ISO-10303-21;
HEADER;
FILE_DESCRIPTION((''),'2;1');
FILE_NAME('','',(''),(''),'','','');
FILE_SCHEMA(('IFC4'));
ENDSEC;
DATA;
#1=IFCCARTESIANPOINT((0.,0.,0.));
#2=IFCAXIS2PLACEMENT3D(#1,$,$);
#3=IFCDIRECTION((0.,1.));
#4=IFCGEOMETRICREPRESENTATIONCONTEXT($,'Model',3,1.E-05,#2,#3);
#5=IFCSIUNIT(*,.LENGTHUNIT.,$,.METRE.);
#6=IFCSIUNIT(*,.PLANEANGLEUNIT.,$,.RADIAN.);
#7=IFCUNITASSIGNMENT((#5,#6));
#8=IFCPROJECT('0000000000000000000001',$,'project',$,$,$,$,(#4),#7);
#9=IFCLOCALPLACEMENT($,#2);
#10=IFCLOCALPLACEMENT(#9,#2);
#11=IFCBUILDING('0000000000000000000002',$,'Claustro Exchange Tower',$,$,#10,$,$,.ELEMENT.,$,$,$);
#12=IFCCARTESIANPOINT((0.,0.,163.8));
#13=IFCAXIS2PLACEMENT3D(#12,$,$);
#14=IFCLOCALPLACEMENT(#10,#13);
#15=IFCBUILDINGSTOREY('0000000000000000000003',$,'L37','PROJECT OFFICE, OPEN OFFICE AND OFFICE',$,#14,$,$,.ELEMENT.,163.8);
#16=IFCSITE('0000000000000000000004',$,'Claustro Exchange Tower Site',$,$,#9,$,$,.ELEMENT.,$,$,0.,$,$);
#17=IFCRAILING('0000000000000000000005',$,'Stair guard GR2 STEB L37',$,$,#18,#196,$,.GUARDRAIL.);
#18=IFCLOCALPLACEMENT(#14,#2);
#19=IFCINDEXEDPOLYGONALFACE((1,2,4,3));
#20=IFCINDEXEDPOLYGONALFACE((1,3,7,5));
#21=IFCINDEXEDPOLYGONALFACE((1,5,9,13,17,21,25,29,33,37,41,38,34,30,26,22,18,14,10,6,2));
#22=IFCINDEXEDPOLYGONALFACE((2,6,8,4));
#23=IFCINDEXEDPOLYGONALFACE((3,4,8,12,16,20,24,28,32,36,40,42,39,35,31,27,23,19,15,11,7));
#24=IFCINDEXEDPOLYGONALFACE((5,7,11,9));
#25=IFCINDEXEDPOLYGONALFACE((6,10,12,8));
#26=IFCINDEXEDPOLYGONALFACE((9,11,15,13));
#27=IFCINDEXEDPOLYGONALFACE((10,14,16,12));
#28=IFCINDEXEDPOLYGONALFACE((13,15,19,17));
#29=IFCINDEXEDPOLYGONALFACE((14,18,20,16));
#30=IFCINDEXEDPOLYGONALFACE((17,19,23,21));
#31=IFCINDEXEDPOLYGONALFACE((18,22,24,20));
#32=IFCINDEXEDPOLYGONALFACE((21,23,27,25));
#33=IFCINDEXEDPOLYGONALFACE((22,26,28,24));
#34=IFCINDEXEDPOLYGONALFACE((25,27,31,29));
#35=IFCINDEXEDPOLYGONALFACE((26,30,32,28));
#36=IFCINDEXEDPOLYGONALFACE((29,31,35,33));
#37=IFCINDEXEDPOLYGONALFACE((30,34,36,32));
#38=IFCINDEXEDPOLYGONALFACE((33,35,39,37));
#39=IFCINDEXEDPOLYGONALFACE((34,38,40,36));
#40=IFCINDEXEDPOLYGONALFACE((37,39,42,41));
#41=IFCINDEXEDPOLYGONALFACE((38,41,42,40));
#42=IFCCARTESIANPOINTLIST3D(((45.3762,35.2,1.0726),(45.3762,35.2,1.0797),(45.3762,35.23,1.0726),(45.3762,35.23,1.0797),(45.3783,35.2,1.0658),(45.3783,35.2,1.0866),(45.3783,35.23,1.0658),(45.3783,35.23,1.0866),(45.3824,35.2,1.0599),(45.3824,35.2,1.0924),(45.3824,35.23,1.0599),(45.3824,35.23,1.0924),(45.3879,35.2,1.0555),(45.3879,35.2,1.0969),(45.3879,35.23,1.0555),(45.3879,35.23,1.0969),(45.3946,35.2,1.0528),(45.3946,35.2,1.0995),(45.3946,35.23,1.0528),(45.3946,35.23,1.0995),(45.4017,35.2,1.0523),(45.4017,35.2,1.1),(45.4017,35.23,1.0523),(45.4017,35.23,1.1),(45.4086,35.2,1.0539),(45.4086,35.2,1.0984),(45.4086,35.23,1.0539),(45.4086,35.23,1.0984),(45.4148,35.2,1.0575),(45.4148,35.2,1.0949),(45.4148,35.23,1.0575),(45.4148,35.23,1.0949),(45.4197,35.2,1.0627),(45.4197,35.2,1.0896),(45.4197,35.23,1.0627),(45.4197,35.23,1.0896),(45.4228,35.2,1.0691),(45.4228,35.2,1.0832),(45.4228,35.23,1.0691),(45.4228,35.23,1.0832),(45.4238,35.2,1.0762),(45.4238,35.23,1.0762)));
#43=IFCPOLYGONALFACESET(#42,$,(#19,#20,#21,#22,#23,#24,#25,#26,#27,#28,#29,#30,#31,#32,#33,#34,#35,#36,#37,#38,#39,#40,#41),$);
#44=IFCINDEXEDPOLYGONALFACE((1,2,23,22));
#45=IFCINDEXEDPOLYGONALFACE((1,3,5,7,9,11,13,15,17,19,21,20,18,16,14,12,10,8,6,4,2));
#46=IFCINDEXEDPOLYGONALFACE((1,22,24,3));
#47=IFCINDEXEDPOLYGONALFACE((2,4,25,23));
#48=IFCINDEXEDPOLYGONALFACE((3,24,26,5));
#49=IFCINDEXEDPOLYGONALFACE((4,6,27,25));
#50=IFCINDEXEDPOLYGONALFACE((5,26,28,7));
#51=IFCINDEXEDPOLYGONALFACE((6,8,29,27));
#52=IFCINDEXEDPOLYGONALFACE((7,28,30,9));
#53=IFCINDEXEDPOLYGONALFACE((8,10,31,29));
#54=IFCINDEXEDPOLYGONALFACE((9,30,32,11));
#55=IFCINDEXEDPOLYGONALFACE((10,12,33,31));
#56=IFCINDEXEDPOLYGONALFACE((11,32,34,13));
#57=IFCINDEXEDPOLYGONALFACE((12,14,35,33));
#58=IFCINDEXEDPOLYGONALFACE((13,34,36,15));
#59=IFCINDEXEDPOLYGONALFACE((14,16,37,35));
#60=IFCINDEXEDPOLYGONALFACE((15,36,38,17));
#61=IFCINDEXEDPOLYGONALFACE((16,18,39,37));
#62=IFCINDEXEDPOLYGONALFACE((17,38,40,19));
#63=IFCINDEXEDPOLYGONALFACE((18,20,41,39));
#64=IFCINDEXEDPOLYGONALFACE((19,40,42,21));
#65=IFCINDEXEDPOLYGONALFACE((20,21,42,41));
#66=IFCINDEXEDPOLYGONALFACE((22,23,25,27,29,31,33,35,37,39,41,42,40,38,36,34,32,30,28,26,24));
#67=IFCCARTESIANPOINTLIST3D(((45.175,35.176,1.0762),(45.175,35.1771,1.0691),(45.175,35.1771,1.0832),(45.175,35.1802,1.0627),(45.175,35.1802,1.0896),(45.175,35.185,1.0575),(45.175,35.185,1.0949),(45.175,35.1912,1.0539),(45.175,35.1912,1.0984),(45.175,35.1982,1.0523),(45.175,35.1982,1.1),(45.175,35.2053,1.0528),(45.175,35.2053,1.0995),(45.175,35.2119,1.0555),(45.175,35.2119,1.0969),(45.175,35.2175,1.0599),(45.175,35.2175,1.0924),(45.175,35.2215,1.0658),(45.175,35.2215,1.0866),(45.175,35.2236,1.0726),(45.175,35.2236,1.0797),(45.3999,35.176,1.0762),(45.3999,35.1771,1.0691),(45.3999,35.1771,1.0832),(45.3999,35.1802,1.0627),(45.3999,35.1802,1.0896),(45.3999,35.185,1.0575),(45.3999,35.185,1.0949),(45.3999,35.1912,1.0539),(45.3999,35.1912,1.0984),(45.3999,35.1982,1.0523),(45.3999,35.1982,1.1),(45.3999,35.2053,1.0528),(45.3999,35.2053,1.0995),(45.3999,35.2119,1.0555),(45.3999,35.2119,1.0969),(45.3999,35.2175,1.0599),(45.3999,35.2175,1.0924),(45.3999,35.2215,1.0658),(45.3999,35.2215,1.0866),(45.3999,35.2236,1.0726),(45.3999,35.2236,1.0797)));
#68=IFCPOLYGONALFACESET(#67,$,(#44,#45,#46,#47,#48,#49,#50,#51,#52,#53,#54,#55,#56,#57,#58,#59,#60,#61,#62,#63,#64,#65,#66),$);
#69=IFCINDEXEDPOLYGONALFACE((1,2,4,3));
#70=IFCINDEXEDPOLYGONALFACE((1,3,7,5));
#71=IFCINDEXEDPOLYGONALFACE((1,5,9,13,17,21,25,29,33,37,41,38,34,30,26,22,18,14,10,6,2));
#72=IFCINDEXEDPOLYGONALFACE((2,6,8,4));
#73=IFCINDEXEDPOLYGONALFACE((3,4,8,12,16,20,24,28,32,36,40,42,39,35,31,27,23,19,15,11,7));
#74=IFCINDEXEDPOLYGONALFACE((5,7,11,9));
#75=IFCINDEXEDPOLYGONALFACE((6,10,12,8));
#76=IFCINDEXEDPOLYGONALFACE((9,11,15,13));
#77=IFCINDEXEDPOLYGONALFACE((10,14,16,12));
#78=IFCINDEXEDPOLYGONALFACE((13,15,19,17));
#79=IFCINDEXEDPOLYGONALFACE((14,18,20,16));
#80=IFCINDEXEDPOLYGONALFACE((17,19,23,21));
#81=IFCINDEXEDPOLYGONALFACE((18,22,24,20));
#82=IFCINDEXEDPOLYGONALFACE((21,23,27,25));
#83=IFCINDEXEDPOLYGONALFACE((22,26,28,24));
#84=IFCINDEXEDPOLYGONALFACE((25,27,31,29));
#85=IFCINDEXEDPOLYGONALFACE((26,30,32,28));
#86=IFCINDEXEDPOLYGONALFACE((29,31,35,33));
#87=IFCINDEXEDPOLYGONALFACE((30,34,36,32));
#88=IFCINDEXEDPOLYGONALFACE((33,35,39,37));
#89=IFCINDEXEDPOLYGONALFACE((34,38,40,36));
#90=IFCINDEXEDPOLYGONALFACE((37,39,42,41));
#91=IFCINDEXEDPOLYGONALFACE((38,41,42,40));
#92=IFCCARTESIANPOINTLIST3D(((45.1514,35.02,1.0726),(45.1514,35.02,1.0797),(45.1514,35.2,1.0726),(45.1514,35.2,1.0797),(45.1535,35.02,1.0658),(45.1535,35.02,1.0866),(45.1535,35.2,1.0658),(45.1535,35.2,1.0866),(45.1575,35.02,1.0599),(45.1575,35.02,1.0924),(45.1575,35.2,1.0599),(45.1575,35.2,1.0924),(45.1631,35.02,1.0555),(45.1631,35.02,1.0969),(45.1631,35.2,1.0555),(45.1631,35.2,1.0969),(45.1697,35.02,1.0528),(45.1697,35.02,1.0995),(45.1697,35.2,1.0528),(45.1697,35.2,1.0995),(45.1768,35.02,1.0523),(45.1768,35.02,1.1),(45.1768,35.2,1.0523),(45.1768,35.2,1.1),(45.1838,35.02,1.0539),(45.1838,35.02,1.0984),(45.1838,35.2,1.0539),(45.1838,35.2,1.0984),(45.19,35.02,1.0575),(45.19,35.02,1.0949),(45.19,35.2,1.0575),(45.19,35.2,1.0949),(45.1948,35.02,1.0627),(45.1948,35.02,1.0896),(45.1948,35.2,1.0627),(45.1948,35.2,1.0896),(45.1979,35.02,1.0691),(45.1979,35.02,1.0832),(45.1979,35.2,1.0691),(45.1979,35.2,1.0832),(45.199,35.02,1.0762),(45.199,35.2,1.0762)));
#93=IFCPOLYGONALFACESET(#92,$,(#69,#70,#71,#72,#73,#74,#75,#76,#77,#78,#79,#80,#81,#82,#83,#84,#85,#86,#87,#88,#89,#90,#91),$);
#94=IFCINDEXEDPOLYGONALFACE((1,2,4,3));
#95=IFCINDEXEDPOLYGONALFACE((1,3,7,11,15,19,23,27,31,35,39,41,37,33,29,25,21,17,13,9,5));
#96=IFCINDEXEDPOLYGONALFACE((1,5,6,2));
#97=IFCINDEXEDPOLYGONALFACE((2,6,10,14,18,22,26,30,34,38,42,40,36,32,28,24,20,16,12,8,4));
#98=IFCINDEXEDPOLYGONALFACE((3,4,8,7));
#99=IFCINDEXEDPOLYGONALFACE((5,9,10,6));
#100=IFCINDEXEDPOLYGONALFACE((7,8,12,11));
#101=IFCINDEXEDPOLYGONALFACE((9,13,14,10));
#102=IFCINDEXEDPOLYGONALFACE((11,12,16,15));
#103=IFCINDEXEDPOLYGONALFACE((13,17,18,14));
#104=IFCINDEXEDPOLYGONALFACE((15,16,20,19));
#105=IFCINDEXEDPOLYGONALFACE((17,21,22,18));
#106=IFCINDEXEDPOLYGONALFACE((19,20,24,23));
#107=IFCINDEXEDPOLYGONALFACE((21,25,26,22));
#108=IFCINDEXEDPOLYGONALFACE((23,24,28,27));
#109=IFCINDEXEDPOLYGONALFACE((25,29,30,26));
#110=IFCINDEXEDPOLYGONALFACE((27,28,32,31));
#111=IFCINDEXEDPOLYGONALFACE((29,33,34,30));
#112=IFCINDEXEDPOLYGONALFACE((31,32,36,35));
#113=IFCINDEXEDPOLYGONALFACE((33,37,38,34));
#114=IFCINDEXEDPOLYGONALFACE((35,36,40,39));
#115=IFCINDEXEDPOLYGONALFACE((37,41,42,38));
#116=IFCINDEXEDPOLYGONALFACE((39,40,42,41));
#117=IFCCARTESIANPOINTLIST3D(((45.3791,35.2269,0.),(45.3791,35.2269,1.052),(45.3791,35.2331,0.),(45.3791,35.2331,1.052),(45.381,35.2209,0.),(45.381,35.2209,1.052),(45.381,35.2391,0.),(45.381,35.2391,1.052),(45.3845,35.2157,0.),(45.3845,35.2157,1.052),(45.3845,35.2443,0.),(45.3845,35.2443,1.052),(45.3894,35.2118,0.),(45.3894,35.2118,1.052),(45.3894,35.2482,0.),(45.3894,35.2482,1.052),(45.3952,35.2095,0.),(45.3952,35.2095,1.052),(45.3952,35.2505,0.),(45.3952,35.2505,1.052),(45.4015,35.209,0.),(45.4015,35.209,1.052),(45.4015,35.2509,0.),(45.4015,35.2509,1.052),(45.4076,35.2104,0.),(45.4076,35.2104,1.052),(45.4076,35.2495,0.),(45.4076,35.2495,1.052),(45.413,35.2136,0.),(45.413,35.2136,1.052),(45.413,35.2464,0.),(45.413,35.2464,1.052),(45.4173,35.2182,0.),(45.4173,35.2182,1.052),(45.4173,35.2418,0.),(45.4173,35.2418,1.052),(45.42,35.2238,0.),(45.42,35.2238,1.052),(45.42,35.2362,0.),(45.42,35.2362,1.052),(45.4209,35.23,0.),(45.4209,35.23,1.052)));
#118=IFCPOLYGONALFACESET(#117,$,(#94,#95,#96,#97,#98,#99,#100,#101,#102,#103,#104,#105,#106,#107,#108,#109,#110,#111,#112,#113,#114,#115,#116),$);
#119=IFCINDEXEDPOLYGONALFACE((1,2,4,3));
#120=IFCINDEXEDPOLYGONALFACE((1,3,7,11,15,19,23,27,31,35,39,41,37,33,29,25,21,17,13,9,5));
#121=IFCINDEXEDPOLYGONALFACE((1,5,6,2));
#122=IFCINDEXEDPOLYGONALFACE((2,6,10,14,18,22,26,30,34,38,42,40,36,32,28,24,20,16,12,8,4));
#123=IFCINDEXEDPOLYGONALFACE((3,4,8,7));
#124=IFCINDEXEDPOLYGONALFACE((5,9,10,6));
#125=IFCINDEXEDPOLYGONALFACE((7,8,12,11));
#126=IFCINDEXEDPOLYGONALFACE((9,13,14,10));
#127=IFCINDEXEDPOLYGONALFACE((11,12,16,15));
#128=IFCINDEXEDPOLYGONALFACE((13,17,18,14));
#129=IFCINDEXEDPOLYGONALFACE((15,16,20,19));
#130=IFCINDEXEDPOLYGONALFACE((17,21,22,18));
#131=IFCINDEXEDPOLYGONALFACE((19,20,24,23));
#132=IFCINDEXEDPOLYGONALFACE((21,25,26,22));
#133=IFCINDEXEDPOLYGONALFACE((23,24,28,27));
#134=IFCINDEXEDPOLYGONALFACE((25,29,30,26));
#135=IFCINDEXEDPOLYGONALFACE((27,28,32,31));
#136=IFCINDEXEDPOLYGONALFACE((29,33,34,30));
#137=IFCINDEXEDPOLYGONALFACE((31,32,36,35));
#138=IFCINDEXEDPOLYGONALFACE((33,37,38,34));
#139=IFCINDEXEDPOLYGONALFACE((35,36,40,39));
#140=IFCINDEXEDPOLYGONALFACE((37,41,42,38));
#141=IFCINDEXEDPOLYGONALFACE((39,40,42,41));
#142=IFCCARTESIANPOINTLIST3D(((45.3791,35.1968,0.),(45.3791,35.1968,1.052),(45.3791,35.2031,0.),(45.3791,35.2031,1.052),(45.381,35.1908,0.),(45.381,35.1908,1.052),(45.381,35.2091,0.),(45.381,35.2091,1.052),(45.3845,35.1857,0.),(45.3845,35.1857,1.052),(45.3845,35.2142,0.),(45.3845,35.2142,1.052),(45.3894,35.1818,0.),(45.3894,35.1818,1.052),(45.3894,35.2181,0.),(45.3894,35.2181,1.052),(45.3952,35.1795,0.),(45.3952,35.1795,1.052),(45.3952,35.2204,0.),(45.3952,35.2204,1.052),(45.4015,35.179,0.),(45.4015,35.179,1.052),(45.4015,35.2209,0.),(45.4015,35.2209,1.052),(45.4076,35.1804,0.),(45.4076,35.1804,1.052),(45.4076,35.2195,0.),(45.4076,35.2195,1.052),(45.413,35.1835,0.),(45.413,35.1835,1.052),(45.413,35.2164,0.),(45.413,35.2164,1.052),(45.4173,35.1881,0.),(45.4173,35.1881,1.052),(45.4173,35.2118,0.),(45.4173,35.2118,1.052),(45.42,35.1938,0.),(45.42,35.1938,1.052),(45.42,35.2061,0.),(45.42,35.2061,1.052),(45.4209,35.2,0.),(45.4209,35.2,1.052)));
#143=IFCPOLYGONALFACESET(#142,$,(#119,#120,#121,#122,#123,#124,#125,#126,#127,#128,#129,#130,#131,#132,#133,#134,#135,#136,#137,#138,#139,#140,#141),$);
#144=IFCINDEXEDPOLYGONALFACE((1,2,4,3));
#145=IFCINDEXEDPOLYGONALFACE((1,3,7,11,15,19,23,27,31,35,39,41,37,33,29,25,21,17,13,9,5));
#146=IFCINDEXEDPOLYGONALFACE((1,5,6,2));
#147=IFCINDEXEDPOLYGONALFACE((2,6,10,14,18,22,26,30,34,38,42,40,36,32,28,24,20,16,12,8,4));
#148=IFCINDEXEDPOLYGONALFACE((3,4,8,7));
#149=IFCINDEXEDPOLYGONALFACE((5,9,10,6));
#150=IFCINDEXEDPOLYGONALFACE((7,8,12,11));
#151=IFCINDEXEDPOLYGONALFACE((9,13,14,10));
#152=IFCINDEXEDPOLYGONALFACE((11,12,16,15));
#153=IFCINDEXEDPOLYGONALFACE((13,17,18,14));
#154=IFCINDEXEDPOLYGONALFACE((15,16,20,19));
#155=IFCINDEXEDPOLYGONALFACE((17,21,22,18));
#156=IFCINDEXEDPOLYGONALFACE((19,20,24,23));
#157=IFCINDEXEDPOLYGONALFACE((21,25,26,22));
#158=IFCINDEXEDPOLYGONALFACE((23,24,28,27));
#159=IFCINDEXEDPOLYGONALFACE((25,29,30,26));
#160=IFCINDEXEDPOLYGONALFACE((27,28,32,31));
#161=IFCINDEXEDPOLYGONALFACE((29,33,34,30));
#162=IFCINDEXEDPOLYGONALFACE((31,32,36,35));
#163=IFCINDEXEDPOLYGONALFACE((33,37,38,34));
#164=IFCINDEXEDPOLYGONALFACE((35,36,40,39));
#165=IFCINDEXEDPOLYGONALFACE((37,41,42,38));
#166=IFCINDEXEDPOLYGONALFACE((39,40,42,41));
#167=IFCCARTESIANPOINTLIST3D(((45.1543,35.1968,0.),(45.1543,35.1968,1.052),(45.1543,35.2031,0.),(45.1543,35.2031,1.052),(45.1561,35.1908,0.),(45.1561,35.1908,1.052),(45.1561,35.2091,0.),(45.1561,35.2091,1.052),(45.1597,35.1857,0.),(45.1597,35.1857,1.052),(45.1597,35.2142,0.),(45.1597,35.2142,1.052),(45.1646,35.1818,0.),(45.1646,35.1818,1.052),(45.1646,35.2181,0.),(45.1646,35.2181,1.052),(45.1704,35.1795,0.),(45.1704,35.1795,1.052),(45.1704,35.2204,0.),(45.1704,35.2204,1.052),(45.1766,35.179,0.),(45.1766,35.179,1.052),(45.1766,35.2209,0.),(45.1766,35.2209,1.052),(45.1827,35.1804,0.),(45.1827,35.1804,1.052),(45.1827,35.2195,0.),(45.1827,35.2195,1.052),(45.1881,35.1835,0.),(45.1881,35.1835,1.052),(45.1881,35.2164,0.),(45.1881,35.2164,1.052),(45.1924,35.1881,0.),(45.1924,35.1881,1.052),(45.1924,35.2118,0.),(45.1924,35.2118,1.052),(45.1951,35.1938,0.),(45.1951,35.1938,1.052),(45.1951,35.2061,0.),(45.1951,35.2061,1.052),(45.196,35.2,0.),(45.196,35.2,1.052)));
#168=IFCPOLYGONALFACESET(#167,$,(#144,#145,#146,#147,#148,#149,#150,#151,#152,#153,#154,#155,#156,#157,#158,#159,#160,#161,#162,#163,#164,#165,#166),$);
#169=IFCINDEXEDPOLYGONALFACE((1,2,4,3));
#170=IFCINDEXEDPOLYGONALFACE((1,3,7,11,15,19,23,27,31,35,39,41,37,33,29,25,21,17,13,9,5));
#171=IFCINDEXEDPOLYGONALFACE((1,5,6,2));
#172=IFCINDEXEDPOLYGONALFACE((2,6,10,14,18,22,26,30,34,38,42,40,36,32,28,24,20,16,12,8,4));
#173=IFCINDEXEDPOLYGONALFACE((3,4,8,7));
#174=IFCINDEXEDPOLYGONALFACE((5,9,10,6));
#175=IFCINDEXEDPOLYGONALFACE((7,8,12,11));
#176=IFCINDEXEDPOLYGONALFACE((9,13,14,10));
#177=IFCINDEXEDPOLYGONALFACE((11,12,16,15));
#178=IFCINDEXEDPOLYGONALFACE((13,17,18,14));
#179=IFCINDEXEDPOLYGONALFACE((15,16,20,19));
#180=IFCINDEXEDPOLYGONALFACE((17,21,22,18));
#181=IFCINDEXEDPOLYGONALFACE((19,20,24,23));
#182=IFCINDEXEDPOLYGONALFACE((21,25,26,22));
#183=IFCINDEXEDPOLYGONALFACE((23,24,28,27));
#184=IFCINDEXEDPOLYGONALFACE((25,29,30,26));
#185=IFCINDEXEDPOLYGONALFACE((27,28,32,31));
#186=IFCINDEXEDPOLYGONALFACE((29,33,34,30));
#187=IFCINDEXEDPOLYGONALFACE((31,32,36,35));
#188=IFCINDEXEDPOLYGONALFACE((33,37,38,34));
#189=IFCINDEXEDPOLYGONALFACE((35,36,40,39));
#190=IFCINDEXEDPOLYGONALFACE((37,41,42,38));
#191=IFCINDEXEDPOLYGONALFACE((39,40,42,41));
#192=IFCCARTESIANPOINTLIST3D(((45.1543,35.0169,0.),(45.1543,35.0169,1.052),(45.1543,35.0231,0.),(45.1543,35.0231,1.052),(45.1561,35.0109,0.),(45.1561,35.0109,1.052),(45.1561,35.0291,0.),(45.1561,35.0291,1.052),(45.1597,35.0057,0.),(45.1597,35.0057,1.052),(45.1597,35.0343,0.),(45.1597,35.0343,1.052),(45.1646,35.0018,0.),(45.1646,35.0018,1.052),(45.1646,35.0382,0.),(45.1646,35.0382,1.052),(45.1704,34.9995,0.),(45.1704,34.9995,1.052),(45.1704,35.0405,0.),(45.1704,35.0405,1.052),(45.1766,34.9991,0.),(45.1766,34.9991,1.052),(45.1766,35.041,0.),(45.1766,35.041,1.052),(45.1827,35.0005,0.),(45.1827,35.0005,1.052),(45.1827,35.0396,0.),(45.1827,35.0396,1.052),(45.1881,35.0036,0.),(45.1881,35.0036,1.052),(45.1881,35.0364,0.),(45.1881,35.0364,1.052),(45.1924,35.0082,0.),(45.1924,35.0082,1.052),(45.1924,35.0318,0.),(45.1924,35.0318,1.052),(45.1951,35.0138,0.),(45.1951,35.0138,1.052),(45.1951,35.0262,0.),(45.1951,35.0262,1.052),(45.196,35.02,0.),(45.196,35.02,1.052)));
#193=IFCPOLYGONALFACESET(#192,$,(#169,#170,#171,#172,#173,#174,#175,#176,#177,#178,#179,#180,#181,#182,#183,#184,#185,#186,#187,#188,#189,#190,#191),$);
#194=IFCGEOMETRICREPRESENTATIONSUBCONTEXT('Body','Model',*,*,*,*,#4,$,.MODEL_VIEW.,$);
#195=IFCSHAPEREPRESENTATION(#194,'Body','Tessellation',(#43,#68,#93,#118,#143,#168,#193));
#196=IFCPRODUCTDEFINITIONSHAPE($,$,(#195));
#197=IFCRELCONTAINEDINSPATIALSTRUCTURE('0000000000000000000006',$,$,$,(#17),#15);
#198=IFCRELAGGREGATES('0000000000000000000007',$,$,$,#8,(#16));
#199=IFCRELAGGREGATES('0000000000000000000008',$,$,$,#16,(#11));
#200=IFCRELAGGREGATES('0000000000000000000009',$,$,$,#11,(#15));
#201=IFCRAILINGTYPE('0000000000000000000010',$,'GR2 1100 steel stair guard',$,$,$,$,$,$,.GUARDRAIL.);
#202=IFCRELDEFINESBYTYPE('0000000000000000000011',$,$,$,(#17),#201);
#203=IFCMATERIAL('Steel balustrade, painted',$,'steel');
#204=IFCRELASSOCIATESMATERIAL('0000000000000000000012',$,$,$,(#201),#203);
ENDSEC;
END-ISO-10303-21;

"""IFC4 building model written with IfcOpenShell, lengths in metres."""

from ifc_helpers import new_model, si_unit, direction, frame, origin, origin_2d, place, context, subcontext, project, spatial, circle, extrude, material, type_object, element, save


model = new_model("IFC4")

# Units and contexts
model_context = context("Model", 3, precision=1e-05, world=origin(), true_north=direction((0.0, 1.0)))
body_context = subcontext(model_context, "Body", "Model", "MODEL_VIEW")
ifc_project = project(units=[si_unit("LENGTHUNIT", "METRE"), si_unit("PLANEANGLEUNIT", "RADIAN")], contexts=[model_context])

# Site, building, storey
site_placement = place(None, origin())
site = spatial("IfcSite", under=ifc_project, at=site_placement, Name="Claustro Exchange Tower Site", CompositionType="ELEMENT", RefElevation=0.0)
building_placement = place(site_placement, origin())
building = spatial("IfcBuilding", under=site, at=building_placement, Name="Claustro Exchange Tower", CompositionType="ELEMENT")
storey_placement = place(building_placement, frame((0.0, 0.0, 163.8)))
storey = spatial("IfcBuildingStorey", under=building, at=storey_placement, Name="L37", Description="PROJECT OFFICE, OPEN OFFICE AND OFFICE", CompositionType="ELEMENT", Elevation=163.8)

# Railing
ifc_material_1 = material(Name="Steel balustrade, painted", Category="steel")
railing_type_1 = type_object("IfcRailingType", Name="GR2 1100 steel stair guard", PredefinedType="GUARDRAIL", material=ifc_material_1)
railing_1_placement = place(storey_placement, frame((45.3999, 35.23, 0.0)))
element("IfcRailing", 1, at=railing_1_placement, inside=storey, type_object=railing_type_1, Name="Stair guard GR2 STEB L37", PredefinedType="GUARDRAIL", context=body_context, shape_type="SweptSolid", body=[
    extrude(circle(Radius=0.0239, at=origin_2d()), frame((0.0, 0.0, 1.0762), z_axis=(0.0, -1.0, 0.0), x_axis=(1.0, 0.0, 0.0)), (0.0, 0.0, 1.0), 0.03),
    extrude(circle(Radius=0.0239, at=origin_2d()), frame((0.0, -0.03, 1.0762), z_axis=(-1.0, 0.0, 0.0), x_axis=(0.0, -1.0, 0.0)), (0.0, 0.0, 1.0), 0.2249),
    extrude(circle(Radius=0.0239, at=origin_2d()), frame((-0.2249, -0.03, 1.0762), z_axis=(0.0, -1.0, 0.0), x_axis=(1.0, 0.0, 0.0)), (0.0, 0.0, 1.0), 0.1799),
    extrude(circle(Radius=0.021, at=origin_2d()), origin(), (0.0, 0.0, 1.0), 1.052),
    extrude(circle(Radius=0.021, at=origin_2d()), frame((0.0, -0.03, 0.0)), (0.0, 0.0, 1.0), 1.052),
    extrude(circle(Radius=0.021, at=origin_2d()), frame((-0.2249, -0.03, 0.0)), (0.0, 0.0, 1.0), 1.052),
    extrude(circle(Radius=0.021, at=origin_2d()), frame((-0.2249, -0.21, 0.0)), (0.0, 0.0, 1.0), 1.052),
])

save(model, "model.ifc")
